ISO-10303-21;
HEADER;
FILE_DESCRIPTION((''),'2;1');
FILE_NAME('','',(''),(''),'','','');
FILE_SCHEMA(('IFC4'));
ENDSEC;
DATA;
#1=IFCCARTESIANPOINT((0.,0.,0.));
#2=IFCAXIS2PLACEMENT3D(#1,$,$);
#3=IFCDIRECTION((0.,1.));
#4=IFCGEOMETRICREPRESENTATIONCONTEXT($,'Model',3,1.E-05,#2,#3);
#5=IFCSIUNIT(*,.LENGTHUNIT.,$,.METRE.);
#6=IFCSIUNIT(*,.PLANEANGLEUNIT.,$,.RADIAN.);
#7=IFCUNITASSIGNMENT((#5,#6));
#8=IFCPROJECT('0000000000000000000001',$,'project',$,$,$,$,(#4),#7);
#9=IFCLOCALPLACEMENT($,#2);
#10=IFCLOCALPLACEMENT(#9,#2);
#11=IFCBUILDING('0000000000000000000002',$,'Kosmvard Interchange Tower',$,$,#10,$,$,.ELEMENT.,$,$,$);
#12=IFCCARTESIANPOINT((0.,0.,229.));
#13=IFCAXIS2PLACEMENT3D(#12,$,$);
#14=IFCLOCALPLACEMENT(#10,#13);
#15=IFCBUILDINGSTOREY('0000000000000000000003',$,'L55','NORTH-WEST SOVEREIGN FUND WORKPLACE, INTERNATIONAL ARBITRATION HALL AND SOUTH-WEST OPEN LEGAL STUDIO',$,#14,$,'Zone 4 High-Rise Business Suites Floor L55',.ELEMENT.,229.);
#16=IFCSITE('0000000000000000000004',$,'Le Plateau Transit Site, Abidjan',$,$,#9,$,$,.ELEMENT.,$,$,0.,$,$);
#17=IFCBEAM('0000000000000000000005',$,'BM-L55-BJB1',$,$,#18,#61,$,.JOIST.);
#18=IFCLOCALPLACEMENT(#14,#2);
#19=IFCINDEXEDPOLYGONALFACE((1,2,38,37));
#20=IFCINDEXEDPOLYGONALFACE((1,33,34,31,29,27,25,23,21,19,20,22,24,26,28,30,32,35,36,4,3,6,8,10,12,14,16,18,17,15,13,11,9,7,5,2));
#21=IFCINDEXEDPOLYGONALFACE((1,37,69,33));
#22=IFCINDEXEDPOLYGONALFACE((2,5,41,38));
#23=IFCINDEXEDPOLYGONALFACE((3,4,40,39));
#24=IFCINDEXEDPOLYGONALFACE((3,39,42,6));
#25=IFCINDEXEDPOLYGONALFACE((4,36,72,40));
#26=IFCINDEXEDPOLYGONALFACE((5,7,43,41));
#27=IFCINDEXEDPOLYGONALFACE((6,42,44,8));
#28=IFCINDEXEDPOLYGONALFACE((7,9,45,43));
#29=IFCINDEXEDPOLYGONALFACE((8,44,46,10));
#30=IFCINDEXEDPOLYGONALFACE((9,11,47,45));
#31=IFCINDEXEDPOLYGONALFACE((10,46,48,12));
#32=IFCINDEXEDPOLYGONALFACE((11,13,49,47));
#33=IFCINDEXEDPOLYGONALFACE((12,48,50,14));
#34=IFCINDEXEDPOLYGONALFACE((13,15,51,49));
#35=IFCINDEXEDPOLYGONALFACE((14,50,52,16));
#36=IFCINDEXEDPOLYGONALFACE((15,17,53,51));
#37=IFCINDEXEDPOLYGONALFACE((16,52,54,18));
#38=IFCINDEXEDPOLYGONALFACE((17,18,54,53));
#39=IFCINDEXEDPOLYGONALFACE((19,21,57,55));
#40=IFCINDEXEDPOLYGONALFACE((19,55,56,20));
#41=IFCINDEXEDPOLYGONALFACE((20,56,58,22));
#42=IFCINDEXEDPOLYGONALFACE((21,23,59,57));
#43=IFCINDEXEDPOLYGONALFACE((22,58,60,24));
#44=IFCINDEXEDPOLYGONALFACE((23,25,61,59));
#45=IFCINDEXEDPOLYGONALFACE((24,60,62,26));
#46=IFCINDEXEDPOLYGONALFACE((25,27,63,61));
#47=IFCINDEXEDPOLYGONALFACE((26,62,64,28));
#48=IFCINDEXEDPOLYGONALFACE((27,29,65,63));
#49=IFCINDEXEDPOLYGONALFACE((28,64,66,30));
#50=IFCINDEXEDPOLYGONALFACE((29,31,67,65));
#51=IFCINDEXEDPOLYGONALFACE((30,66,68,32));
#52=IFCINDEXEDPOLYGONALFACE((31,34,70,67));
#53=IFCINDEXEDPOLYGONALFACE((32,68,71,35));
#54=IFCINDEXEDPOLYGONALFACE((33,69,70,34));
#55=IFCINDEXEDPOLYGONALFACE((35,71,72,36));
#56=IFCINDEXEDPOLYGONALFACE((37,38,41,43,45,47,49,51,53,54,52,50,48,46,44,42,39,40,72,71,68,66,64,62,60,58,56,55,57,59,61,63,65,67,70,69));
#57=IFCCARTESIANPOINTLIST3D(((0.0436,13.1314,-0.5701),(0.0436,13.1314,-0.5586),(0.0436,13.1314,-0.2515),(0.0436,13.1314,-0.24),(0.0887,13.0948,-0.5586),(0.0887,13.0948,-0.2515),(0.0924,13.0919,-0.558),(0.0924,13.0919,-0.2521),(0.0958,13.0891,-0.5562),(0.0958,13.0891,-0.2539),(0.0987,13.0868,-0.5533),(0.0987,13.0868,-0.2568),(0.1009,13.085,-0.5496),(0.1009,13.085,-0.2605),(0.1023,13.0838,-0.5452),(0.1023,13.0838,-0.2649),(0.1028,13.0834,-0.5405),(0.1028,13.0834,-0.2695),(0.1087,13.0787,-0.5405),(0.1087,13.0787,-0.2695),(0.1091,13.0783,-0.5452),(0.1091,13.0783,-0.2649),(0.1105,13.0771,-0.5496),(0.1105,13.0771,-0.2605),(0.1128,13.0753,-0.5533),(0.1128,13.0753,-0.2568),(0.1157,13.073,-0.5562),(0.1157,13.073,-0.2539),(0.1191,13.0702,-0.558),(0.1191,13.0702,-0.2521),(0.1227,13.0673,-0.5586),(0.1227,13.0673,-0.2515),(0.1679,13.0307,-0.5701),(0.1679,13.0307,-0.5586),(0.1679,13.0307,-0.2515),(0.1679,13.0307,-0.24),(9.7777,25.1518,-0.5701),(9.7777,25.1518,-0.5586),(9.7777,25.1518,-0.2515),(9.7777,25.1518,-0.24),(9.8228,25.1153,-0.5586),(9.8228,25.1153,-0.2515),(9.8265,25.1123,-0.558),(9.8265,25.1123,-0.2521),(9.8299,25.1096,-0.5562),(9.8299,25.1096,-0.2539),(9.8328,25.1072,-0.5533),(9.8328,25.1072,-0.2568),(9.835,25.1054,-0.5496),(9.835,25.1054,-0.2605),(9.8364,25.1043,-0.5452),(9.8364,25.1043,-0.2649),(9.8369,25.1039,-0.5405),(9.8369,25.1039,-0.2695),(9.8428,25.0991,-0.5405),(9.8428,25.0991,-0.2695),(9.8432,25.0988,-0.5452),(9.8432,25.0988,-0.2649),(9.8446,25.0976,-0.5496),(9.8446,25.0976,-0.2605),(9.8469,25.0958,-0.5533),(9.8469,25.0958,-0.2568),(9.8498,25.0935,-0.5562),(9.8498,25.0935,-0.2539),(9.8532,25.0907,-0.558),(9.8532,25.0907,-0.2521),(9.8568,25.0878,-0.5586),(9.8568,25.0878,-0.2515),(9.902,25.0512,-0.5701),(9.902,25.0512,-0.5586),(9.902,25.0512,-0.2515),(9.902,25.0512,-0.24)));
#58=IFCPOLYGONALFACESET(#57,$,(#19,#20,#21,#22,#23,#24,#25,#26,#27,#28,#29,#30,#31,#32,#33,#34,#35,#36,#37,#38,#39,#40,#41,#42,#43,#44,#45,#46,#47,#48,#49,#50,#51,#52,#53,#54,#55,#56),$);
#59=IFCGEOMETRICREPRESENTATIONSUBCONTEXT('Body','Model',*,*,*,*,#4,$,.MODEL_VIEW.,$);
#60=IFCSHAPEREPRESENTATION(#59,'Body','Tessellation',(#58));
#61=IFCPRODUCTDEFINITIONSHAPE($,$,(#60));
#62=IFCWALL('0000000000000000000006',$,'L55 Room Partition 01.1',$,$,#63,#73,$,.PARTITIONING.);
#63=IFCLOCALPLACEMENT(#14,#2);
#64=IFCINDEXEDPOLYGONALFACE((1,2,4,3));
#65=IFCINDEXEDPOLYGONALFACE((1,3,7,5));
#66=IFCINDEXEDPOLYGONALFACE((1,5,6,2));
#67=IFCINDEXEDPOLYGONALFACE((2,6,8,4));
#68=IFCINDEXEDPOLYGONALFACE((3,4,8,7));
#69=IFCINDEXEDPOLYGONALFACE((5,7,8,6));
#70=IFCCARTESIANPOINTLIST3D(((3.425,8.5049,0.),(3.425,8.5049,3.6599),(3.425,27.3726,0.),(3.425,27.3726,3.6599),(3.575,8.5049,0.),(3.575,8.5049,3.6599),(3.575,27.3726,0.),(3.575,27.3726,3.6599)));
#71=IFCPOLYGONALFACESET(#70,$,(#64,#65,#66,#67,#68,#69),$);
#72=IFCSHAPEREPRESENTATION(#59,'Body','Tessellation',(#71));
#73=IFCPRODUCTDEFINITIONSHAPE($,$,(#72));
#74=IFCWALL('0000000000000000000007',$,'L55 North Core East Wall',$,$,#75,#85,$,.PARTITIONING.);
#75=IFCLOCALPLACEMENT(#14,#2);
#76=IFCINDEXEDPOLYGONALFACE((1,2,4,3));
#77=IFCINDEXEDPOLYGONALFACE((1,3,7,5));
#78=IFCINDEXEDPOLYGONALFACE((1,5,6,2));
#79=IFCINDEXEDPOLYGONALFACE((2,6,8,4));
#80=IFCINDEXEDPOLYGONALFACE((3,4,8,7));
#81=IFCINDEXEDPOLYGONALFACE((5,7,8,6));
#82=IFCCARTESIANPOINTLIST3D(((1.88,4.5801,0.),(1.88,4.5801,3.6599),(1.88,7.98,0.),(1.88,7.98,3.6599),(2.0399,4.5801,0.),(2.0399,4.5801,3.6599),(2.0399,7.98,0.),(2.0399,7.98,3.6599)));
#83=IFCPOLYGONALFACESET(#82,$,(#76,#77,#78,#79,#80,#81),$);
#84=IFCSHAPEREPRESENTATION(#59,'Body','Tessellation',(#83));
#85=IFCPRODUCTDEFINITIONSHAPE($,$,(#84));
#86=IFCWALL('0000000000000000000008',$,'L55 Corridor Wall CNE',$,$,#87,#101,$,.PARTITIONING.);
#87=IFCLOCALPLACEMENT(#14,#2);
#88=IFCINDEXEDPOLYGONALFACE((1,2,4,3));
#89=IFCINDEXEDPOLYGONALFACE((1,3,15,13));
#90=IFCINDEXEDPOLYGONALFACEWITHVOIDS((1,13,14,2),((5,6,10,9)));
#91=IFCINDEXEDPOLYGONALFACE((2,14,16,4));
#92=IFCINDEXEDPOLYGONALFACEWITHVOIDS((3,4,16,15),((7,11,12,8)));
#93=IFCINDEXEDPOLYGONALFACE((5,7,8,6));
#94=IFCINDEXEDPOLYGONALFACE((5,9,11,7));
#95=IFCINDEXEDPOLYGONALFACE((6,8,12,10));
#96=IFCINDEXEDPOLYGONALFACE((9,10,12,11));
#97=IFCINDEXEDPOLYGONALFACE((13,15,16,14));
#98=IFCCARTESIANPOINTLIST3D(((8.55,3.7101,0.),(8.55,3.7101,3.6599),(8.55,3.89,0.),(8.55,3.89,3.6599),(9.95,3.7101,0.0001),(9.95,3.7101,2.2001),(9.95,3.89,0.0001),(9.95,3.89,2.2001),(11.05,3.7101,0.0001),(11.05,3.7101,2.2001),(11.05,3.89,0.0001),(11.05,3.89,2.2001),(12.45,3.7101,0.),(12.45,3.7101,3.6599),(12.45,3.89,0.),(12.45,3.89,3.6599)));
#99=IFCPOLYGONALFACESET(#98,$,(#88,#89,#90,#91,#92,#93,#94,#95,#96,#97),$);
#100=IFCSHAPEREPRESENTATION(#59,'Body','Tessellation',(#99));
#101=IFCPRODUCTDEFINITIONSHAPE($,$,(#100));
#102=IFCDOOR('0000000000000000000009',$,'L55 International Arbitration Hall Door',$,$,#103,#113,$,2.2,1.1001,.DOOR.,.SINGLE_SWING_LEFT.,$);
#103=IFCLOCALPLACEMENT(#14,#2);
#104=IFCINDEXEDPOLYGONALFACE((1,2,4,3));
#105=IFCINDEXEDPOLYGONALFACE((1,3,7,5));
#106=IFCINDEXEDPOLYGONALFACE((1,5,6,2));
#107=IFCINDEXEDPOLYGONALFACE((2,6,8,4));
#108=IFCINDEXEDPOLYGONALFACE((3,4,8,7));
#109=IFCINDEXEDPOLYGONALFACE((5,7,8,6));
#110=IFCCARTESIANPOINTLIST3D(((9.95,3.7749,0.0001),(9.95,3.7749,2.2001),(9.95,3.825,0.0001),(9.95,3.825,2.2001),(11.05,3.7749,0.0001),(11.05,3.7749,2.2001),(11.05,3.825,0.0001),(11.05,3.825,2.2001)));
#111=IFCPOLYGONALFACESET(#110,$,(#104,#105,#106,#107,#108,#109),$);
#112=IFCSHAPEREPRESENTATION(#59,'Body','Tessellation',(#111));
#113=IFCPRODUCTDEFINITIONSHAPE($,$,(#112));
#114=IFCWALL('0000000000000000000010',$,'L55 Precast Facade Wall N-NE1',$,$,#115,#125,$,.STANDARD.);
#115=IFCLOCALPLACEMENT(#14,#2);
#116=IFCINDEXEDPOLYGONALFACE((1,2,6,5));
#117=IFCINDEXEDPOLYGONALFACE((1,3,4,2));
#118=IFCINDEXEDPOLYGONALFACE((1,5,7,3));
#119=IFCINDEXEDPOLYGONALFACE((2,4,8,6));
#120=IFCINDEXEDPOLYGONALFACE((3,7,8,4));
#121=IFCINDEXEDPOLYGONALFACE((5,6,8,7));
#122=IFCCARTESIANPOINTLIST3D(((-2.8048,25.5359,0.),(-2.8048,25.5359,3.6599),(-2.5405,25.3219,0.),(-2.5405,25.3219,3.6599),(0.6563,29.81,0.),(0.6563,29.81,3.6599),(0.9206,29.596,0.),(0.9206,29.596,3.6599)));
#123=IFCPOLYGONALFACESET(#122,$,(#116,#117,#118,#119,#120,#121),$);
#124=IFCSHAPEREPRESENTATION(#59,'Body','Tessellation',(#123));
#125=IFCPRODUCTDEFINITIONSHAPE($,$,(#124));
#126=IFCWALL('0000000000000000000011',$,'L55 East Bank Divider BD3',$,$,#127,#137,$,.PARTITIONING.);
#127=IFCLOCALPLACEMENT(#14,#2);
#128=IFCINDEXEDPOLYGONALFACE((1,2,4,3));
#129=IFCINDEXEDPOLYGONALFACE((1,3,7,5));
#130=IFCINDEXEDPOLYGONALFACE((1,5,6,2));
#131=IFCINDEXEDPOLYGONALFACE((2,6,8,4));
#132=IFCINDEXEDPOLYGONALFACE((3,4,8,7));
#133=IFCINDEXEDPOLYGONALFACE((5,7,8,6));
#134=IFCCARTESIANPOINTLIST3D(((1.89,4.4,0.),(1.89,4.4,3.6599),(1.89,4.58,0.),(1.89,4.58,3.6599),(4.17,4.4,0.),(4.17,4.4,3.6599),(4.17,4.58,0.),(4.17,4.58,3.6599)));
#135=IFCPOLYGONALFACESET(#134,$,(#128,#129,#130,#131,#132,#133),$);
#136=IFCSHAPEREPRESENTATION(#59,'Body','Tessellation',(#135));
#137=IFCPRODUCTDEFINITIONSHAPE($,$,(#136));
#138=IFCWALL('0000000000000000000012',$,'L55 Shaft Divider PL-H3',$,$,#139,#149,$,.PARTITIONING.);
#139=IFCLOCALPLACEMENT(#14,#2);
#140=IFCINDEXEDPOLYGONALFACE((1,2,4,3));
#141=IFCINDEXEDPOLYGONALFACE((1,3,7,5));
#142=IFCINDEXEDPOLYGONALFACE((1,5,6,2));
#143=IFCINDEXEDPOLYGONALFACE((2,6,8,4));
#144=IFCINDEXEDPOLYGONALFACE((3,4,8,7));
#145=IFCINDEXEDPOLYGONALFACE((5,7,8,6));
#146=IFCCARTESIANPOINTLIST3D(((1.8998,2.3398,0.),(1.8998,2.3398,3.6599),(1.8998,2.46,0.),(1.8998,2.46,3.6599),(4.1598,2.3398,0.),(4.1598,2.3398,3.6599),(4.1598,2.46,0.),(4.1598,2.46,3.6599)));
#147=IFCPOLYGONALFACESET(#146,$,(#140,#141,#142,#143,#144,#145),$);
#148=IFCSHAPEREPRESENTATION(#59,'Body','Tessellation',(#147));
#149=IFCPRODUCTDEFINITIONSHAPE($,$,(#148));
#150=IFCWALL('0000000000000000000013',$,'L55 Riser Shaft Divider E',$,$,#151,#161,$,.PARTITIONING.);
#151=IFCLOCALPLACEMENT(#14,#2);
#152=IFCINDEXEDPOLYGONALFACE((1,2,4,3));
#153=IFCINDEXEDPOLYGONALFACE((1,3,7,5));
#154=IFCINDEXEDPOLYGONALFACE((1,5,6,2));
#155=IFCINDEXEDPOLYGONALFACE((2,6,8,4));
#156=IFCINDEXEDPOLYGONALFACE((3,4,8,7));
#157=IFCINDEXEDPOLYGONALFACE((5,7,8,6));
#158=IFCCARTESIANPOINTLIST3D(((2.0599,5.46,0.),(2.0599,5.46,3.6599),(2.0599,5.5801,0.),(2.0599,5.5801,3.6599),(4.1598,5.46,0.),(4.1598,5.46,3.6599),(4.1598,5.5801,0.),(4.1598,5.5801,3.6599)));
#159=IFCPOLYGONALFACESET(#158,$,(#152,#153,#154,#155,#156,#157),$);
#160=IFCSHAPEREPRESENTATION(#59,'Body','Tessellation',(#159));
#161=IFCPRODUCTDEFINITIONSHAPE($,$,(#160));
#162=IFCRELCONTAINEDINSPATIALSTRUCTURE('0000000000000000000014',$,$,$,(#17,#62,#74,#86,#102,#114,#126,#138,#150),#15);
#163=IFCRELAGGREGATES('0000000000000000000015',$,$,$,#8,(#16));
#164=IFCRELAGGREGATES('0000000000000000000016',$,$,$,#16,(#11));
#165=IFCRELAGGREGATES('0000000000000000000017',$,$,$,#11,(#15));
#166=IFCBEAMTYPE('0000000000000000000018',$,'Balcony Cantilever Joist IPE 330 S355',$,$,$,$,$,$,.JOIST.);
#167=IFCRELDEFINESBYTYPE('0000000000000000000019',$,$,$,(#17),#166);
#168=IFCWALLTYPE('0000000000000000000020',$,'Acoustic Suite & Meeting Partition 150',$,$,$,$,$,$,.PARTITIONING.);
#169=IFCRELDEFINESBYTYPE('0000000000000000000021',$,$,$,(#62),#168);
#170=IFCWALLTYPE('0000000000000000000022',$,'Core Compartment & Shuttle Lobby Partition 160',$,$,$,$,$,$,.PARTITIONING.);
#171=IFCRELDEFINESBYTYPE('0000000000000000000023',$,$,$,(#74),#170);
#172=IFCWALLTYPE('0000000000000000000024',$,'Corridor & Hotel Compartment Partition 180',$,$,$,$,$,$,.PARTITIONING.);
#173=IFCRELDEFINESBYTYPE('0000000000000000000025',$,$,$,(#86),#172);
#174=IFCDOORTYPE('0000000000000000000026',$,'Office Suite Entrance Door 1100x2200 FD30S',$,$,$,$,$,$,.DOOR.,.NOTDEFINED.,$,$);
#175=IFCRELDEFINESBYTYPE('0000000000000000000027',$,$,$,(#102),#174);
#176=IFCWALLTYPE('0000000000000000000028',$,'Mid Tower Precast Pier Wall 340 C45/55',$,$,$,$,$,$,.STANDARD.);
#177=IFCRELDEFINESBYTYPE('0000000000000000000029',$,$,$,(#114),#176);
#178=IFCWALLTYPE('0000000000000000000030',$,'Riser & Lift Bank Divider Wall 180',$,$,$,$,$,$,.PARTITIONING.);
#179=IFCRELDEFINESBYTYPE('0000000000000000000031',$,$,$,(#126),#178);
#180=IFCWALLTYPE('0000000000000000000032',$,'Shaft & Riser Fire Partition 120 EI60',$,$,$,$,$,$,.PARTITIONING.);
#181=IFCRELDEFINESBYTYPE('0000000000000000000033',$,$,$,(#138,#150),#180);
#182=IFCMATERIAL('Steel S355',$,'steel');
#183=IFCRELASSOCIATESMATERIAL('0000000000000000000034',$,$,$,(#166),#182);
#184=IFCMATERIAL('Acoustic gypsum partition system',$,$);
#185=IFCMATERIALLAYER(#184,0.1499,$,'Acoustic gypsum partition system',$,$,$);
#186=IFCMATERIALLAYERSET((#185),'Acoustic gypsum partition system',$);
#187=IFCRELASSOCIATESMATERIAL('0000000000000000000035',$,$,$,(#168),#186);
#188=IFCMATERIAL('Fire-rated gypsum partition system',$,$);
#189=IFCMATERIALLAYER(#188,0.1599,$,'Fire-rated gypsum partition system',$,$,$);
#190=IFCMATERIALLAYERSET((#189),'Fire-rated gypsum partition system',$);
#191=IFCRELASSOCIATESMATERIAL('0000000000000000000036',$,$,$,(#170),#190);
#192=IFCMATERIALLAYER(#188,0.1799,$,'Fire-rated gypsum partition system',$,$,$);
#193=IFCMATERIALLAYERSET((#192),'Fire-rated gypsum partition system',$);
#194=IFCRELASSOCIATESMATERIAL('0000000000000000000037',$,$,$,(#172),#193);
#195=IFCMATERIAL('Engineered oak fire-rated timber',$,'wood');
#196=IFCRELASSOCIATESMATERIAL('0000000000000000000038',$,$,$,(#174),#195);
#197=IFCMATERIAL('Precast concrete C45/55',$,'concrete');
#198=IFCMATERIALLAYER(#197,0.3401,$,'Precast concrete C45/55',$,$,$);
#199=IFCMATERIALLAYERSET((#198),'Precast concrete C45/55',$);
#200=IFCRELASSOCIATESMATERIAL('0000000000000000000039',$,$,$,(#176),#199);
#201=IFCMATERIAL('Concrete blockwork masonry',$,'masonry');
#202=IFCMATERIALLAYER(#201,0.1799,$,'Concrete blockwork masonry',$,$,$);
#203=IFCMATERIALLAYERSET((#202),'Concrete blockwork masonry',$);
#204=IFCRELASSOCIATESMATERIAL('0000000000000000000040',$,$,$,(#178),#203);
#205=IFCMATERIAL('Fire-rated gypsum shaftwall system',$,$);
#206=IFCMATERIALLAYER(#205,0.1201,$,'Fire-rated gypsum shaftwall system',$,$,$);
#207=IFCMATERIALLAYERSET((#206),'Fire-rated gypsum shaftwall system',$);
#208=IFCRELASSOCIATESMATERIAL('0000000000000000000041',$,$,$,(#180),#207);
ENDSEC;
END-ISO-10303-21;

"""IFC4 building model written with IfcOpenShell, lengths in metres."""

from ifc_helpers import new_model, si_unit, direction, frame, frame_2d, origin, origin_2d, place, context, subcontext, project, spatial, rectangle, i_section, extrude, source, transform, mapped, material, layer, layer_set, material_profile, profile_set, type_object, element, fill, save


model = new_model("IFC4")

# Units and contexts
model_context = context("Model", 3, precision=1e-05, world=origin(), true_north=direction((0.0, 1.0)))
body_context = subcontext(model_context, "Body", "Model", "MODEL_VIEW")
ifc_project = project(units=[si_unit("LENGTHUNIT", "METRE"), si_unit("PLANEANGLEUNIT", "RADIAN")], contexts=[model_context])

# Site, building, storey
site_placement = place(None, origin())
site = spatial("IfcSite", under=ifc_project, at=site_placement, Name="Le Plateau Transit Site, Abidjan", CompositionType="ELEMENT", RefElevation=0.0)
building_placement = place(site_placement, origin())
building = spatial("IfcBuilding", under=site, at=building_placement, Name="Kosmvard Interchange Tower", CompositionType="ELEMENT")
storey_placement = place(building_placement, frame((0.0, 0.0, 229.0)))
storey = spatial("IfcBuildingStorey", under=building, at=storey_placement, Name="L55", Description="NORTH-WEST SOVEREIGN FUND WORKPLACE, INTERNATIONAL ARBITRATION HALL AND SOUTH-WEST OPEN LEGAL STUDIO", LongName="Zone 4 High-Rise Business Suites Floor L55", CompositionType="ELEMENT", Elevation=229.0)

# Beam
ifc_material_1 = material(Name="Steel S355", Category="steel")
ifc_material_2 = material(Name="Precast concrete C45/55", Category="concrete")
ifc_material_profile_1 = material_profile(ifc_material_1, i_section(OverallWidth=0.1599, OverallDepth=0.3301, WebThickness=0.0076, FlangeThickness=0.0115, FilletRadius=0.0181, at=origin_2d()), Name="IPE 330")
ifc_profile_set_1 = profile_set([ifc_material_profile_1], Name="Steel S355")
beam_type_1 = type_object("IfcBeamType", Name="Balcony Cantilever Joist IPE 330 S355", PredefinedType="JOIST", material=ifc_profile_set_1)
shared_shape_1 = source(origin(), body_context, "Body", "SweptSolid", [
    extrude(i_section(OverallWidth=0.1599, OverallDepth=0.3301, WebThickness=0.0076, FlangeThickness=0.0115, FilletRadius=0.0181, at=origin_2d()), origin(), (0.0, 0.0, 1.0), 15.4675),
])
beam_1_placement = place(storey_placement, frame((0.1057, 13.0811, -0.405), z_axis=(0.629325, 0.777142, 0.0), x_axis=(-0.777142, 0.629325, 0.0)))
element("IfcBeam", 1, at=beam_1_placement, inside=storey, type_object=beam_type_1, Name="BM-L55-BJB1", PredefinedType="JOIST", context=body_context, shape_type="MappedRepresentation", body=[
    mapped(shared_shape_1, transform((0.0, 0.0, 0.0), scale=1.0)),
])

# Walls
ifc_material_3 = material(Name="Acoustic gypsum partition system")
ifc_layer_1 = layer(ifc_material_3, 0.1499, Name="Acoustic gypsum partition system")
ifc_layer_set_1 = layer_set([ifc_layer_1], Name="Acoustic gypsum partition system")
wall_type_1 = type_object("IfcWallType", Name="Acoustic Suite & Meeting Partition 150", PredefinedType="PARTITIONING", material=ifc_layer_set_1)
wall_1_placement = place(storey_placement, frame((3.5, 8.5049, 0.0), z_axis=(0.0, 0.0, 1.0), x_axis=(0.0, 1.0, 0.0)))
element("IfcWall", 2, at=wall_1_placement, inside=storey, type_object=wall_type_1, Name="L55 Room Partition 01.1", PredefinedType="PARTITIONING", context=body_context, shape_type="SweptSolid", body=[
    extrude(rectangle(XDim=18.8677, YDim=0.1499, at=frame_2d((9.4338, 0.0))), origin(), (0.0, 0.0, 1.0), 3.6599),
])
ifc_material_4 = material(Name="Fire-rated gypsum partition system")
ifc_layer_2 = layer(ifc_material_4, 0.1599, Name="Fire-rated gypsum partition system")
ifc_layer_set_2 = layer_set([ifc_layer_2], Name="Fire-rated gypsum partition system")
wall_type_2 = type_object("IfcWallType", Name="Core Compartment & Shuttle Lobby Partition 160", PredefinedType="PARTITIONING", material=ifc_layer_set_2)
wall_2_placement = place(storey_placement, frame((1.96, 4.5801, 0.0), z_axis=(0.0, 0.0, 1.0), x_axis=(0.0, 1.0, 0.0)))
element("IfcWall", 3, at=wall_2_placement, inside=storey, type_object=wall_type_2, Name="L55 North Core East Wall", PredefinedType="PARTITIONING", context=body_context, shape_type="SweptSolid", body=[
    extrude(rectangle(XDim=3.3999, YDim=0.1599, at=frame_2d((1.7, 0.0))), origin(), (0.0, 0.0, 1.0), 3.6599),
])

# Wall, opening, door
ifc_layer_3 = layer(ifc_material_4, 0.1799, Name="Fire-rated gypsum partition system")
ifc_layer_set_3 = layer_set([ifc_layer_3], Name="Fire-rated gypsum partition system")
wall_type_3 = type_object("IfcWallType", Name="Corridor & Hotel Compartment Partition 180", PredefinedType="PARTITIONING", material=ifc_layer_set_3)
wall_3_placement = place(storey_placement, frame((8.55, 3.8, 0.0), z_axis=(0.0, 0.0, 1.0), x_axis=(1.0, 0.0, 0.0)))
wall_3 = element("IfcWall", 4, at=wall_3_placement, inside=storey, type_object=wall_type_3, Name="L55 Corridor Wall CNE", PredefinedType="PARTITIONING", context=body_context, shape_type="SweptSolid", body=[
    extrude(rectangle(XDim=3.8999, YDim=0.1799, at=frame_2d((1.95, 0.0))), origin(), (0.0, 0.0, 1.0), 3.6599),
])
opening_placement = place(wall_3_placement, frame((1.3999, 0.0, 0.0)))
opening = element("IfcOpeningElement", 5, at=opening_placement, cuts=wall_3, PredefinedType="OPENING", context=body_context, shape_type="SweptSolid", body=[
    extrude(rectangle(XDim=1.1001, YDim=2.2, at=frame_2d((0.55, 1.1001))), frame((0.0, 0.1001, 0.0), z_axis=(0.0, -1.0, 0.0), x_axis=(1.0, 0.0, 0.0)), (0.0, 0.0, 1.0), 0.2),
])
ifc_material_5 = material(Name="Engineered oak fire-rated timber", Category="wood")
door_type = type_object("IfcDoorType", Name="Office Suite Entrance Door 1100x2200 FD30S", OperationType="NOTDEFINED", PredefinedType="DOOR", material=ifc_material_5)
shared_shape_2 = source(origin(), body_context, "Body", "SweptSolid", [
    extrude(rectangle(XDim=1.1001, YDim=2.2, at=frame_2d((0.55, 1.1001))), frame((0.0, 0.0249, 0.0), z_axis=(0.0, -1.0, 0.0), x_axis=(1.0, 0.0, 0.0)), (0.0, 0.0, 1.0), 0.05),
])
door_placement = place(opening_placement, origin())
door = element("IfcDoor", 6, at=door_placement, inside=storey, type_object=door_type, Name="L55 International Arbitration Hall Door", OperationType="SINGLE_SWING_LEFT", OverallHeight=2.2, OverallWidth=1.1001, PredefinedType="DOOR", context=body_context, shape_type="MappedRepresentation", body=[
    mapped(shared_shape_2, transform((0.0, 0.0, 0.0), scale=1.0)),
])
fill(opening, door)

# Walls
ifc_layer_4 = layer(ifc_material_2, 0.3401, Name="Precast concrete C45/55")
ifc_layer_set_4 = layer_set([ifc_layer_4], Name="Precast concrete C45/55")
wall_type_4 = type_object("IfcWallType", Name="Mid Tower Precast Pier Wall 340 C45/55", PredefinedType="STANDARD", material=ifc_layer_set_4)
wall_4_placement = place(storey_placement, frame((0.7886, 29.7031, 0.0), z_axis=(0.0, 0.0, 1.0), x_axis=(-0.629323, -0.777144, 0.0)))
element("IfcWall", 7, at=wall_4_placement, inside=storey, type_object=wall_type_4, Name="L55 Precast Facade Wall N-NE1", PredefinedType="STANDARD", context=body_context, shape_type="SweptSolid", body=[
    extrude(rectangle(XDim=5.4998, YDim=0.3401, at=frame_2d((2.75, 0.0))), origin(), (0.0, 0.0, 1.0), 3.6599),
])
ifc_material_6 = material(Name="Concrete blockwork masonry", Category="masonry")
ifc_layer_5 = layer(ifc_material_6, 0.1799, Name="Concrete blockwork masonry")
ifc_layer_set_5 = layer_set([ifc_layer_5], Name="Concrete blockwork masonry")
wall_type_5 = type_object("IfcWallType", Name="Riser & Lift Bank Divider Wall 180", PredefinedType="PARTITIONING", material=ifc_layer_set_5)
wall_5_placement = place(storey_placement, frame((1.8899, 4.49, 0.0), z_axis=(0.0, 0.0, 1.0), x_axis=(1.0, 0.0, 0.0)))
element("IfcWall", 8, at=wall_5_placement, inside=storey, type_object=wall_type_5, Name="L55 East Bank Divider BD3", PredefinedType="PARTITIONING", context=body_context, shape_type="SweptSolid", body=[
    extrude(rectangle(XDim=2.28, YDim=0.1799, at=frame_2d((1.1401, 0.0))), origin(), (0.0, 0.0, 1.0), 3.6599),
])
ifc_material_7 = material(Name="Fire-rated gypsum shaftwall system")
ifc_layer_6 = layer(ifc_material_7, 0.1201, Name="Fire-rated gypsum shaftwall system")
ifc_layer_set_6 = layer_set([ifc_layer_6], Name="Fire-rated gypsum shaftwall system")
wall_type_6 = type_object("IfcWallType", Name="Shaft & Riser Fire Partition 120 EI60", PredefinedType="PARTITIONING", material=ifc_layer_set_6)
wall_6_placement = place(storey_placement, frame((1.8999, 2.3999, 0.0), z_axis=(0.0, 0.0, 1.0), x_axis=(1.0, 0.0, 0.0)))
element("IfcWall", 9, at=wall_6_placement, inside=storey, type_object=wall_type_6, Name="L55 Shaft Divider PL-H3", PredefinedType="PARTITIONING", context=body_context, shape_type="SweptSolid", body=[
    extrude(rectangle(XDim=2.26, YDim=0.1201, at=frame_2d((1.1299, 0.0))), origin(), (0.0, 0.0, 1.0), 3.6599),
])
wall_7_placement = place(storey_placement, frame((2.0601, 5.52, 0.0), z_axis=(0.0, 0.0, 1.0), x_axis=(1.0, 0.0, 0.0)))
element("IfcWall", 10, at=wall_7_placement, inside=storey, type_object=wall_type_6, Name="L55 Riser Shaft Divider E", PredefinedType="PARTITIONING", context=body_context, shape_type="SweptSolid", body=[
    extrude(rectangle(XDim=2.0999, YDim=0.1201, at=frame_2d((1.0498, 0.0))), origin(), (0.0, 0.0, 1.0), 3.6599),
])

save(model, "model.ifc")
